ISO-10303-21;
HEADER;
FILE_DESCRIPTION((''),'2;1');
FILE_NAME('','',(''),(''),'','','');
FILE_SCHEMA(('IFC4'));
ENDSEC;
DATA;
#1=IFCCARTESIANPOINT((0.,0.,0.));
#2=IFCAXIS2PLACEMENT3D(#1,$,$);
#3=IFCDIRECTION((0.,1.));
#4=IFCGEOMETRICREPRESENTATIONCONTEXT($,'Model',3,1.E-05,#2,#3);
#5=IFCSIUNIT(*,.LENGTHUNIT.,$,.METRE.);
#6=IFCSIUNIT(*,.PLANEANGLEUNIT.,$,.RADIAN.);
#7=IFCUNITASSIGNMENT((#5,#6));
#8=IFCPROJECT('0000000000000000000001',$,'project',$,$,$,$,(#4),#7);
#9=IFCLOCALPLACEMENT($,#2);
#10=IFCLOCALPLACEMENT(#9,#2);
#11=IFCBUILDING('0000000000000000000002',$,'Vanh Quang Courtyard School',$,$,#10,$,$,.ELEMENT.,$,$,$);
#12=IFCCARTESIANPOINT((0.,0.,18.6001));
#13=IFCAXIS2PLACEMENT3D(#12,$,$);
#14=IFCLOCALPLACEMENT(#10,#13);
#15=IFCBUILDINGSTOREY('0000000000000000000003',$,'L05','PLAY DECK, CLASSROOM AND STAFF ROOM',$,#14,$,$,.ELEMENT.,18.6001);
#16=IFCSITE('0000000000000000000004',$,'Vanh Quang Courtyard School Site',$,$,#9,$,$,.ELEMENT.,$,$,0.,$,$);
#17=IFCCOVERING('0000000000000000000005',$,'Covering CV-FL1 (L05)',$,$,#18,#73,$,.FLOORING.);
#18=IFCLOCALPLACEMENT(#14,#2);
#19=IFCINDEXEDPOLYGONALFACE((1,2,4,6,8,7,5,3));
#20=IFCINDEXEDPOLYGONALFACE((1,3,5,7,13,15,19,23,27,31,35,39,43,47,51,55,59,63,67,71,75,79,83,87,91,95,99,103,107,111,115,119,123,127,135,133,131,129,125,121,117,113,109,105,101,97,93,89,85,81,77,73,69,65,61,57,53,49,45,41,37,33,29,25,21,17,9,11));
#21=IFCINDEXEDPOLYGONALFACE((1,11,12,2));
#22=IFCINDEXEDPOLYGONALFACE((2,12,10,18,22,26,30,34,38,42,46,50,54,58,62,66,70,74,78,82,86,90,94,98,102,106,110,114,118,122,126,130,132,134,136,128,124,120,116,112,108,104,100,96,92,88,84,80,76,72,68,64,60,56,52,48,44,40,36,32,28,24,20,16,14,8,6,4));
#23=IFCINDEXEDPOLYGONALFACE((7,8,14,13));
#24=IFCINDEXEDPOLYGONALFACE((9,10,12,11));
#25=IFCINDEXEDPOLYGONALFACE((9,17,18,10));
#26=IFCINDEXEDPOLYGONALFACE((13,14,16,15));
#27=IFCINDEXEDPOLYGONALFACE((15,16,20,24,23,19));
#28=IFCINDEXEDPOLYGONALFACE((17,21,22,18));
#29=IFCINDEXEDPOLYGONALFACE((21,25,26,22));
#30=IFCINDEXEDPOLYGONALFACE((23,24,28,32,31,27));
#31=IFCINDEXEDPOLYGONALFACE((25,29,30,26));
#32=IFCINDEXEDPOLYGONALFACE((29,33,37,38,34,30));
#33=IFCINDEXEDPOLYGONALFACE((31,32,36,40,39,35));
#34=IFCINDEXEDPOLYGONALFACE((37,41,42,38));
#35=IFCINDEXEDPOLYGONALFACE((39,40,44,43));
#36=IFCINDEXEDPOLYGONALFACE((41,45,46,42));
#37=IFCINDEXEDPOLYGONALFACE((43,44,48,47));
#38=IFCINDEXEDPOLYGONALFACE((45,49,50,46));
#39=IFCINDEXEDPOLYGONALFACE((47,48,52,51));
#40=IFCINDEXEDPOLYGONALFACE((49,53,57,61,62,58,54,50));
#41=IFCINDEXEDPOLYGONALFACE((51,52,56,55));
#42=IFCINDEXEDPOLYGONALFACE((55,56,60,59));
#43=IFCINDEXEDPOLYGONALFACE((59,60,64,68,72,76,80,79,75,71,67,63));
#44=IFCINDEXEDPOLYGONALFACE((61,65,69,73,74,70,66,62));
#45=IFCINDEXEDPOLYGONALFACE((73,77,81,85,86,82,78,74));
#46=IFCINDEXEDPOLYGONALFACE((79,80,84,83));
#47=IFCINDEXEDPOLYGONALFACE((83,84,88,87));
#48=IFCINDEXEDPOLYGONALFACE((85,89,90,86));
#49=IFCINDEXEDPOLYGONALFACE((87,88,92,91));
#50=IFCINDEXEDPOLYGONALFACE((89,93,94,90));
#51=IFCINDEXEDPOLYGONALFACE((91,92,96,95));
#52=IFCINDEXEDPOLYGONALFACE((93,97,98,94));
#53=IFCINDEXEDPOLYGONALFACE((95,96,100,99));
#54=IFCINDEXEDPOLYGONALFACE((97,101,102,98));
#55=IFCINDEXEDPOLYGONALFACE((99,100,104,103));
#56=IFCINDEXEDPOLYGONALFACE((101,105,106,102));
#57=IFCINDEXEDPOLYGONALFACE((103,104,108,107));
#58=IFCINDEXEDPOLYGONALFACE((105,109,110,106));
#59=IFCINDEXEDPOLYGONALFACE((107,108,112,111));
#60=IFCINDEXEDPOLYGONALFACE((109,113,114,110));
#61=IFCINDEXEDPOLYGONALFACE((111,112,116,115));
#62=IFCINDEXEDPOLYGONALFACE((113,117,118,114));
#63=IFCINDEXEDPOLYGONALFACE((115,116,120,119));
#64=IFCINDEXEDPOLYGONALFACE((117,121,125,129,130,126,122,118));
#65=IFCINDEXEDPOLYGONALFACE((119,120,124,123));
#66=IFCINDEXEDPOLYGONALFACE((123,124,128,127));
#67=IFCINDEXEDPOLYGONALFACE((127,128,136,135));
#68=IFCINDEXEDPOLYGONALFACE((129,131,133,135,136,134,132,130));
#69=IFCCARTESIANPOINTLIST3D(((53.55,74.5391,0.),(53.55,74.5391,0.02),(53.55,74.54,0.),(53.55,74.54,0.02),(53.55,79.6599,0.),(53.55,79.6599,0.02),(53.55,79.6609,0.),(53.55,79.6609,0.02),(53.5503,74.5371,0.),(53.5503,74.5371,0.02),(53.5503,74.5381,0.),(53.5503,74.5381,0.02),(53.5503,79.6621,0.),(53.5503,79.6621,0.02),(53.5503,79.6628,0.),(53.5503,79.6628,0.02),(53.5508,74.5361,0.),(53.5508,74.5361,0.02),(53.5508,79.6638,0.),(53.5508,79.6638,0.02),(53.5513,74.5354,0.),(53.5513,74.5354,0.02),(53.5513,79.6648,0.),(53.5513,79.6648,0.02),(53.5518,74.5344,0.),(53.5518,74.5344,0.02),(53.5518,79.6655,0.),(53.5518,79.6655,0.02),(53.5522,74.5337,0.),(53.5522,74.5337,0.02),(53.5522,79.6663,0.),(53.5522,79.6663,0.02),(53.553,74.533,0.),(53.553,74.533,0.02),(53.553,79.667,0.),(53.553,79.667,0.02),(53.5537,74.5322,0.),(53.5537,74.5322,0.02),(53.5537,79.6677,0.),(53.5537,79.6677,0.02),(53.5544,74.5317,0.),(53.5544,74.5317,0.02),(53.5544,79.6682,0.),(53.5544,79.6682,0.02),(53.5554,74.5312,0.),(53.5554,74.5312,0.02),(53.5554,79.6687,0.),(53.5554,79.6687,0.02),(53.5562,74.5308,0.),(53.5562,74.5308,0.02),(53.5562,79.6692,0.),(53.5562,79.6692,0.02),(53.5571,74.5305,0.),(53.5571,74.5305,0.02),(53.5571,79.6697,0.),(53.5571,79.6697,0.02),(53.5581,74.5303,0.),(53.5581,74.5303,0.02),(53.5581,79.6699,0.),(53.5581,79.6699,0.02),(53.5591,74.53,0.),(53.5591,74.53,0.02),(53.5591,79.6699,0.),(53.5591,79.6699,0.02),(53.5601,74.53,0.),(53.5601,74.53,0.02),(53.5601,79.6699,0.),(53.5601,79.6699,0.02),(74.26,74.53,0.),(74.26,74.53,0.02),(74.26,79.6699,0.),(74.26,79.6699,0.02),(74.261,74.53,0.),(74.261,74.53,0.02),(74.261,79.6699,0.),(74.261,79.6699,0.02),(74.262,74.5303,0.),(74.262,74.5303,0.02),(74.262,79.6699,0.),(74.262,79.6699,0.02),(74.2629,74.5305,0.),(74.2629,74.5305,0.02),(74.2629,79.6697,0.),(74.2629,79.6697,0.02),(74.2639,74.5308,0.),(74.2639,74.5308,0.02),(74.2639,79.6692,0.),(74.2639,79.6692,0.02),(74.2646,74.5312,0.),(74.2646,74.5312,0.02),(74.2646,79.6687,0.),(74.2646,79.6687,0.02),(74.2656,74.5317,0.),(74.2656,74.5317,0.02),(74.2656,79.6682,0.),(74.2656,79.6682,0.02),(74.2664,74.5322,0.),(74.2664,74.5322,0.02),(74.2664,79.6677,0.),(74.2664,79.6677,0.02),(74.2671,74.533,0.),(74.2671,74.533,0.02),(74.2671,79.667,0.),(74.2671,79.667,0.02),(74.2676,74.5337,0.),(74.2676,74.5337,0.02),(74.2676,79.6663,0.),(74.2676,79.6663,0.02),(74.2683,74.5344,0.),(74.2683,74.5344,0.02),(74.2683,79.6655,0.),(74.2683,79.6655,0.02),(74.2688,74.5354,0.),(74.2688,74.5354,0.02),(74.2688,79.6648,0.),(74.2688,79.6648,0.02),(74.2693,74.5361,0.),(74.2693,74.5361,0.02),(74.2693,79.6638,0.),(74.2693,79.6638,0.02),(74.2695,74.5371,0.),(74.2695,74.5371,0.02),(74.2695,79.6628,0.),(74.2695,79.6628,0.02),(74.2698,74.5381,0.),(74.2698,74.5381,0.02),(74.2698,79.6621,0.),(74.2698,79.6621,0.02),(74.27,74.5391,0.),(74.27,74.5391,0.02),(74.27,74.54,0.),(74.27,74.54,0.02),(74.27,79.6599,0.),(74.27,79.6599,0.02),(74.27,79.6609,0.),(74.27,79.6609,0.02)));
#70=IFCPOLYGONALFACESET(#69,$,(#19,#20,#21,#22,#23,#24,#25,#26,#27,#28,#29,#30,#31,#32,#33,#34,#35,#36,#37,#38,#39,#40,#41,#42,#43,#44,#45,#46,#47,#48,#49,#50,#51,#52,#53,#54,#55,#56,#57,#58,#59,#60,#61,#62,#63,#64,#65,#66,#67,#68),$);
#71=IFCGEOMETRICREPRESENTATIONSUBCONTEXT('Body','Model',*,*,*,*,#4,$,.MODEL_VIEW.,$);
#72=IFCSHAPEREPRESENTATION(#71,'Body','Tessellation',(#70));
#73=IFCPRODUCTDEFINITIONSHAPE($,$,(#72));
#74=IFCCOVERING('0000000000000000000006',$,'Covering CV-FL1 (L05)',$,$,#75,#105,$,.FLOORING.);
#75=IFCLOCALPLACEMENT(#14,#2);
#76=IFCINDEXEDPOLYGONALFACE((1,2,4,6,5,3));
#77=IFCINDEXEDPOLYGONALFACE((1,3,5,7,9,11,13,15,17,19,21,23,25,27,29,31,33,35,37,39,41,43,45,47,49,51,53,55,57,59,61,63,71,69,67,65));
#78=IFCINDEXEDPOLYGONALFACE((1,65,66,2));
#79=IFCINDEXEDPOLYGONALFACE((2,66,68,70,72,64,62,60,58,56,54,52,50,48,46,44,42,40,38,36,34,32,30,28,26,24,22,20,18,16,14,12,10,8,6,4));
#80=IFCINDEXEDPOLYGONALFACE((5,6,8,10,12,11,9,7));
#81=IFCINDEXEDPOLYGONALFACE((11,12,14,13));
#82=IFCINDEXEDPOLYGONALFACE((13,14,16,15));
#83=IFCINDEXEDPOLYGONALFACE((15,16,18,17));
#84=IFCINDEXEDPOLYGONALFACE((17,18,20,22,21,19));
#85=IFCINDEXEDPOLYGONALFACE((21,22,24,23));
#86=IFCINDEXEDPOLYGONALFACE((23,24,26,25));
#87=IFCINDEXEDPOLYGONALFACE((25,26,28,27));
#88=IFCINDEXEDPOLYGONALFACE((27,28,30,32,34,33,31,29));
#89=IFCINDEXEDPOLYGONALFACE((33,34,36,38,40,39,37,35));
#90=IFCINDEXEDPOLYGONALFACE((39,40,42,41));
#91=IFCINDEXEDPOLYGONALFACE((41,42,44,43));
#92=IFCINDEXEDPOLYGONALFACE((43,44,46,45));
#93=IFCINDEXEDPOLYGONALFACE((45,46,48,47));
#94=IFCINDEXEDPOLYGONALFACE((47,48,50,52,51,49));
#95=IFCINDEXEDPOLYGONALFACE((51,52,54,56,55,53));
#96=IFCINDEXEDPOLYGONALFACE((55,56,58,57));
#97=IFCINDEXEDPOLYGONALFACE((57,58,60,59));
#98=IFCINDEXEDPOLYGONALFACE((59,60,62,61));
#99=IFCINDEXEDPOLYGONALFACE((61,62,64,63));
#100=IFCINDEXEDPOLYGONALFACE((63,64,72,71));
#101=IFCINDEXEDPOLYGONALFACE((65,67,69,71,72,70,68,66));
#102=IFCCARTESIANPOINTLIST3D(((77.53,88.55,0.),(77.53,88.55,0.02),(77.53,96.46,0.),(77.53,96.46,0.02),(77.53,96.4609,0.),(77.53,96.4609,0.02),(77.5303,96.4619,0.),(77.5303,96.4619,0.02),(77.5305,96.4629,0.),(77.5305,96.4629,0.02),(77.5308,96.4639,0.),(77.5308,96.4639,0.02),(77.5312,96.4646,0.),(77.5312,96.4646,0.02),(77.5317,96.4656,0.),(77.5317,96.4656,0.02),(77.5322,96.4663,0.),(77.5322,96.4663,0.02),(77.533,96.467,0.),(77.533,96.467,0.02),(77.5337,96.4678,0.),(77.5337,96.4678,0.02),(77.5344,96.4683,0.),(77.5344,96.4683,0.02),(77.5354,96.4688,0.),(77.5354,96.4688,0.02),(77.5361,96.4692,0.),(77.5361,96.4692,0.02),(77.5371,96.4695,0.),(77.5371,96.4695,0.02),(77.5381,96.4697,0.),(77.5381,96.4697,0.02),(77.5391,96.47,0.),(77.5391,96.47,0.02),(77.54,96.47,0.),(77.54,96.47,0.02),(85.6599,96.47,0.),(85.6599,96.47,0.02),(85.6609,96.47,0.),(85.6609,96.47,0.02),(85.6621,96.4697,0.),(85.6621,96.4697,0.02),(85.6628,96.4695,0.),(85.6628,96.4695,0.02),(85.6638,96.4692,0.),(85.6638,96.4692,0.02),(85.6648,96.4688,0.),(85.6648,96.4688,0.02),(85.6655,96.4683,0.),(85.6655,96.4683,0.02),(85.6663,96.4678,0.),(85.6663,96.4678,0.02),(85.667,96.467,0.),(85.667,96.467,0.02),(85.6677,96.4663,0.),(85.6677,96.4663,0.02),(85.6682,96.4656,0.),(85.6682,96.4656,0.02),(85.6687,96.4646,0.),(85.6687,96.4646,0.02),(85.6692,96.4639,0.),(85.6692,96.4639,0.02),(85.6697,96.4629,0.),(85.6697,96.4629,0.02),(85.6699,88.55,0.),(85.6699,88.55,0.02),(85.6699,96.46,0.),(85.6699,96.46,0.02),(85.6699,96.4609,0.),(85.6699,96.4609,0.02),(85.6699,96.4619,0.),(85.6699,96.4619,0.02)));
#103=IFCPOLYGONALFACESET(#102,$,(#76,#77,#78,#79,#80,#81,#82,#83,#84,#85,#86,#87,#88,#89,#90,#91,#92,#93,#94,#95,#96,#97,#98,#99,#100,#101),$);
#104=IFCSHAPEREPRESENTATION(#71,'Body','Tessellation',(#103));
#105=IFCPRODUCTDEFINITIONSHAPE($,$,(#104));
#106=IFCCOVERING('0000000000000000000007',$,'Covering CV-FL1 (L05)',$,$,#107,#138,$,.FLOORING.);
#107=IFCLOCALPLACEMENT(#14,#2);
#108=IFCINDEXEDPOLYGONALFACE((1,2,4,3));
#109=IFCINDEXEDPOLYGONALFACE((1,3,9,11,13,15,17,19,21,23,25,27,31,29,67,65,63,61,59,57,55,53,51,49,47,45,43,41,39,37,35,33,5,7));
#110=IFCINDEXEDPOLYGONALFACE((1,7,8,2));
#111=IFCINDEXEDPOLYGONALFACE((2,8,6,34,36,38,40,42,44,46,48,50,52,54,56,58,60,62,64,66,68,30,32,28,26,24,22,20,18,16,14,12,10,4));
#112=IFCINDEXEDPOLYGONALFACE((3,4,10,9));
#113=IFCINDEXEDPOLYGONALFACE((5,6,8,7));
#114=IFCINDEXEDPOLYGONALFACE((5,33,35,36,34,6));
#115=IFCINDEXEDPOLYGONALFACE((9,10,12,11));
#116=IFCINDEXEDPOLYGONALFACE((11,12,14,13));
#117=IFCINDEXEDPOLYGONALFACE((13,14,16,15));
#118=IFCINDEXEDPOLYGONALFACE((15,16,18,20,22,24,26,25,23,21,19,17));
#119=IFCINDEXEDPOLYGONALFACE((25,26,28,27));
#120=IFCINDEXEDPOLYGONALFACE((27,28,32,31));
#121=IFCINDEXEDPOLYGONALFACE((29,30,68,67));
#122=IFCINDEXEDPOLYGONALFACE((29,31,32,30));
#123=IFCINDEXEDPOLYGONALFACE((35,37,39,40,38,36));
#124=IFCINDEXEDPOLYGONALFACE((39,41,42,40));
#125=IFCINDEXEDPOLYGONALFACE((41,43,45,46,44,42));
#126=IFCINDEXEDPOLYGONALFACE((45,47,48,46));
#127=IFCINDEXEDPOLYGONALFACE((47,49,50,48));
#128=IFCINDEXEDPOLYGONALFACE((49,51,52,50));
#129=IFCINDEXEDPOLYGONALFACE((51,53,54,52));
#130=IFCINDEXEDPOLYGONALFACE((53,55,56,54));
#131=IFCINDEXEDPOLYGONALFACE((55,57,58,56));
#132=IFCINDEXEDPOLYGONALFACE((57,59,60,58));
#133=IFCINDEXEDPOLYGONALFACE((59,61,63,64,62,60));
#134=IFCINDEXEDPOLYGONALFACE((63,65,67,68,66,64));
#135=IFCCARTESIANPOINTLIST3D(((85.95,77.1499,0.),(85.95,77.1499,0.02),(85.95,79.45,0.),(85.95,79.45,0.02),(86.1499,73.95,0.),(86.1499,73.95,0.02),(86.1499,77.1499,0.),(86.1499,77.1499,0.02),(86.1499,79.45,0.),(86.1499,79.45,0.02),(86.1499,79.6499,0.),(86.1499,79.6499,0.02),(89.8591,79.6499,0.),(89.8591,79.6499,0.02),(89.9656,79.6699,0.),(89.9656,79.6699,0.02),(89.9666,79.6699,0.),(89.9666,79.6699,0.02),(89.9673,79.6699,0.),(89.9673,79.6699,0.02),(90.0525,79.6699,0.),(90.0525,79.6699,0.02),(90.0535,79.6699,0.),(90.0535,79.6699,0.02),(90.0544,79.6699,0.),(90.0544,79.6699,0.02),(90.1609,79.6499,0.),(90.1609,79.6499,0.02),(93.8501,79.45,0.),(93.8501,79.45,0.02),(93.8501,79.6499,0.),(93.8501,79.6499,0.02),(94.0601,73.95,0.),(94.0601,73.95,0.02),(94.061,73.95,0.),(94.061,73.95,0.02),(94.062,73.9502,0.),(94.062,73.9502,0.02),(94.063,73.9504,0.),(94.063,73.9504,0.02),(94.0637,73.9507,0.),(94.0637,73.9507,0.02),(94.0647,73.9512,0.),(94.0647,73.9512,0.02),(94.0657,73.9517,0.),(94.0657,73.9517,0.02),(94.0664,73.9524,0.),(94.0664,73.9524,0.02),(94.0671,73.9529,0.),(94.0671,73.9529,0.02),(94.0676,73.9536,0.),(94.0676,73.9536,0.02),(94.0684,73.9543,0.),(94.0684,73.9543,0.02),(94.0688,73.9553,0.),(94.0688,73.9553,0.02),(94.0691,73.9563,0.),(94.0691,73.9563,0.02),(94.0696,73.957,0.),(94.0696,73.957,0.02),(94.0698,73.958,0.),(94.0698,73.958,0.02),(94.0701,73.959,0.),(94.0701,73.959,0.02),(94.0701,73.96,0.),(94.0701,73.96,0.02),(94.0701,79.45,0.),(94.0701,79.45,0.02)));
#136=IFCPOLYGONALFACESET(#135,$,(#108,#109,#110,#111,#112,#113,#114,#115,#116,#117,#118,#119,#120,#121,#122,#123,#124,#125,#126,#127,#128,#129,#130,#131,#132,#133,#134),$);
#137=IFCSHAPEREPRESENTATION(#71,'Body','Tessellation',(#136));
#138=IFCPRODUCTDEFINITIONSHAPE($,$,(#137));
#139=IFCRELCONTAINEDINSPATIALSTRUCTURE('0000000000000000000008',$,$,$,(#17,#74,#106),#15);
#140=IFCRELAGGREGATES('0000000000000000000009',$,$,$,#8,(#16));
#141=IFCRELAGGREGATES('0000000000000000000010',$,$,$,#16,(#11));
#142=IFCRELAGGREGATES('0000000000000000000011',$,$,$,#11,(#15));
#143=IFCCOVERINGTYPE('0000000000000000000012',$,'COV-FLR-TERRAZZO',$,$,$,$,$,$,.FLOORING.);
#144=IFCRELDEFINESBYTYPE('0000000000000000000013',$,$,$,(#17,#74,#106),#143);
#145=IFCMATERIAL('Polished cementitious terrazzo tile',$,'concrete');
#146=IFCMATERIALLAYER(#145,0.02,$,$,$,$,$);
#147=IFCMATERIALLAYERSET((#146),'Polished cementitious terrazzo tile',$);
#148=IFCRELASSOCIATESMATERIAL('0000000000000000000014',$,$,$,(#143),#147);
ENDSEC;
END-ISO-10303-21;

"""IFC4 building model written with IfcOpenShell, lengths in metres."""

from ifc_helpers import new_model, si_unit, direction, frame, origin, place, context, subcontext, project, spatial, polyline, outline, extrude, material, layer, layer_set, type_object, element, save


model = new_model("IFC4")

# Units and contexts
model_context = context("Model", 3, precision=1e-05, world=origin(), true_north=direction((0.0, 1.0)))
body_context = subcontext(model_context, "Body", "Model", "MODEL_VIEW")
ifc_project = project(units=[si_unit("LENGTHUNIT", "METRE"), si_unit("PLANEANGLEUNIT", "RADIAN")], contexts=[model_context])

# Site, building, storey
site_placement = place(None, origin())
site = spatial("IfcSite", under=ifc_project, at=site_placement, Name="Vanh Quang Courtyard School Site", CompositionType="ELEMENT", RefElevation=0.0)
building_placement = place(site_placement, origin())
building = spatial("IfcBuilding", under=site, at=building_placement, Name="Vanh Quang Courtyard School", CompositionType="ELEMENT")
storey_placement = place(building_placement, frame((0.0, 0.0, 18.6001)))
storey = spatial("IfcBuildingStorey", under=building, at=storey_placement, Name="L05", Description="PLAY DECK, CLASSROOM AND STAFF ROOM", CompositionType="ELEMENT", Elevation=18.6001)

# Coverings
ifc_material_1 = material(Name="Polished cementitious terrazzo tile", Category="concrete")
ifc_layer_1 = layer(ifc_material_1, 0.02)
ifc_layer_set_1 = layer_set([ifc_layer_1], Name="Polished cementitious terrazzo tile")
covering_type_1 = type_object("IfcCoveringType", Name="COV-FLR-TERRAZZO", PredefinedType="FLOORING", material=ifc_layer_set_1)
covering_1_placement = place(storey_placement, origin())
element("IfcCovering", 1, at=covering_1_placement, inside=storey, type_object=covering_type_1, Name="Covering CV-FL1 (L05)", PredefinedType="FLOORING", context=body_context, shape_type="SweptSolid", body=[
    extrude(outline(polyline([(53.55, 79.6599), (53.55, 79.6609), (53.5503, 79.6621), (53.5503, 79.6628), (53.5508, 79.6638), (53.5513, 79.6648), (53.5518, 79.6655), (53.5522, 79.6663), (53.553, 79.667), (53.5537, 79.6677), (53.5544, 79.6682), (53.5554, 79.6687), (53.5562, 79.6692), (53.5571, 79.6697), (53.5581, 79.6699), (53.5591, 79.6699), (53.5601, 79.6699), (74.26, 79.6699), (74.261, 79.6699), (74.262, 79.6699), (74.2629, 79.6697), (74.2639, 79.6692), (74.2646, 79.6687), (74.2656, 79.6682), (74.2664, 79.6677), (74.2671, 79.667), (74.2676, 79.6663), (74.2683, 79.6655), (74.2688, 79.6648), (74.2693, 79.6638), (74.2695, 79.6628), (74.2698, 79.6621), (74.27, 79.6609), (74.27, 79.6599), (74.27, 74.54), (74.27, 74.5391), (74.2698, 74.5381), (74.2695, 74.5371), (74.2693, 74.5361), (74.2688, 74.5354), (74.2683, 74.5344), (74.2676, 74.5337), (74.2671, 74.533), (74.2664, 74.5322), (74.2656, 74.5317), (74.2646, 74.5312), (74.2639, 74.5308), (74.2629, 74.5305), (74.262, 74.5303), (74.261, 74.53), (74.26, 74.53), (53.5601, 74.53), (53.5591, 74.53), (53.5581, 74.5303), (53.5571, 74.5305), (53.5562, 74.5308), (53.5554, 74.5312), (53.5544, 74.5317), (53.5537, 74.5322), (53.553, 74.533), (53.5522, 74.5337), (53.5518, 74.5344), (53.5513, 74.5354), (53.5508, 74.5361), (53.5503, 74.5371), (53.5503, 74.5381), (53.55, 74.5391), (53.55, 74.54), (53.55, 79.6599)])), origin(), (0.0, 0.0, 1.0), 0.02),
])
covering_2_placement = place(storey_placement, origin())
element("IfcCovering", 2, at=covering_2_placement, inside=storey, type_object=covering_type_1, Name="Covering CV-FL1 (L05)", PredefinedType="FLOORING", context=body_context, shape_type="SweptSolid", body=[
    extrude(outline(polyline([(85.6599, 96.47), (85.6609, 96.47), (85.6621, 96.4697), (85.6628, 96.4695), (85.6638, 96.4692), (85.6648, 96.4688), (85.6655, 96.4683), (85.6663, 96.4678), (85.667, 96.467), (85.6677, 96.4663), (85.6682, 96.4656), (85.6687, 96.4646), (85.6692, 96.4639), (85.6697, 96.4629), (85.6699, 96.4619), (85.6699, 96.4609), (85.6699, 96.46), (85.6699, 88.55), (77.53, 88.55), (77.53, 96.46), (77.53, 96.4609), (77.5303, 96.4619), (77.5305, 96.4629), (77.5308, 96.4639), (77.5312, 96.4646), (77.5317, 96.4656), (77.5322, 96.4663), (77.533, 96.467), (77.5337, 96.4678), (77.5344, 96.4683), (77.5354, 96.4688), (77.5361, 96.4692), (77.5371, 96.4695), (77.5381, 96.4697), (77.5391, 96.47), (77.54, 96.47), (85.6599, 96.47)])), origin(), (0.0, 0.0, 1.0), 0.02),
])
covering_3_placement = place(storey_placement, origin())
element("IfcCovering", 3, at=covering_3_placement, inside=storey, type_object=covering_type_1, Name="Covering CV-FL1 (L05)", PredefinedType="FLOORING", context=body_context, shape_type="SweptSolid", body=[
    extrude(outline(polyline([(85.95, 79.45), (86.1499, 79.45), (86.1499, 79.6499), (89.8591, 79.6499), (89.9656, 79.6699), (89.9666, 79.6699), (89.9673, 79.6699), (90.0525, 79.6699), (90.0535, 79.6699), (90.0544, 79.6699), (90.1609, 79.6499), (93.8501, 79.6499), (93.8501, 79.45), (94.0701, 79.45), (94.0701, 73.96), (94.0701, 73.959), (94.0698, 73.958), (94.0696, 73.957), (94.0691, 73.9563), (94.0688, 73.9553), (94.0684, 73.9543), (94.0676, 73.9536), (94.0671, 73.9529), (94.0664, 73.9524), (94.0657, 73.9517), (94.0647, 73.9512), (94.0637, 73.9507), (94.063, 73.9504), (94.062, 73.9502), (94.061, 73.95), (94.0601, 73.95), (86.1499, 73.95), (86.1499, 77.1499), (85.95, 77.1499), (85.95, 79.45)])), origin(), (0.0, 0.0, 1.0), 0.02),
])

save(model, "model.ifc")
